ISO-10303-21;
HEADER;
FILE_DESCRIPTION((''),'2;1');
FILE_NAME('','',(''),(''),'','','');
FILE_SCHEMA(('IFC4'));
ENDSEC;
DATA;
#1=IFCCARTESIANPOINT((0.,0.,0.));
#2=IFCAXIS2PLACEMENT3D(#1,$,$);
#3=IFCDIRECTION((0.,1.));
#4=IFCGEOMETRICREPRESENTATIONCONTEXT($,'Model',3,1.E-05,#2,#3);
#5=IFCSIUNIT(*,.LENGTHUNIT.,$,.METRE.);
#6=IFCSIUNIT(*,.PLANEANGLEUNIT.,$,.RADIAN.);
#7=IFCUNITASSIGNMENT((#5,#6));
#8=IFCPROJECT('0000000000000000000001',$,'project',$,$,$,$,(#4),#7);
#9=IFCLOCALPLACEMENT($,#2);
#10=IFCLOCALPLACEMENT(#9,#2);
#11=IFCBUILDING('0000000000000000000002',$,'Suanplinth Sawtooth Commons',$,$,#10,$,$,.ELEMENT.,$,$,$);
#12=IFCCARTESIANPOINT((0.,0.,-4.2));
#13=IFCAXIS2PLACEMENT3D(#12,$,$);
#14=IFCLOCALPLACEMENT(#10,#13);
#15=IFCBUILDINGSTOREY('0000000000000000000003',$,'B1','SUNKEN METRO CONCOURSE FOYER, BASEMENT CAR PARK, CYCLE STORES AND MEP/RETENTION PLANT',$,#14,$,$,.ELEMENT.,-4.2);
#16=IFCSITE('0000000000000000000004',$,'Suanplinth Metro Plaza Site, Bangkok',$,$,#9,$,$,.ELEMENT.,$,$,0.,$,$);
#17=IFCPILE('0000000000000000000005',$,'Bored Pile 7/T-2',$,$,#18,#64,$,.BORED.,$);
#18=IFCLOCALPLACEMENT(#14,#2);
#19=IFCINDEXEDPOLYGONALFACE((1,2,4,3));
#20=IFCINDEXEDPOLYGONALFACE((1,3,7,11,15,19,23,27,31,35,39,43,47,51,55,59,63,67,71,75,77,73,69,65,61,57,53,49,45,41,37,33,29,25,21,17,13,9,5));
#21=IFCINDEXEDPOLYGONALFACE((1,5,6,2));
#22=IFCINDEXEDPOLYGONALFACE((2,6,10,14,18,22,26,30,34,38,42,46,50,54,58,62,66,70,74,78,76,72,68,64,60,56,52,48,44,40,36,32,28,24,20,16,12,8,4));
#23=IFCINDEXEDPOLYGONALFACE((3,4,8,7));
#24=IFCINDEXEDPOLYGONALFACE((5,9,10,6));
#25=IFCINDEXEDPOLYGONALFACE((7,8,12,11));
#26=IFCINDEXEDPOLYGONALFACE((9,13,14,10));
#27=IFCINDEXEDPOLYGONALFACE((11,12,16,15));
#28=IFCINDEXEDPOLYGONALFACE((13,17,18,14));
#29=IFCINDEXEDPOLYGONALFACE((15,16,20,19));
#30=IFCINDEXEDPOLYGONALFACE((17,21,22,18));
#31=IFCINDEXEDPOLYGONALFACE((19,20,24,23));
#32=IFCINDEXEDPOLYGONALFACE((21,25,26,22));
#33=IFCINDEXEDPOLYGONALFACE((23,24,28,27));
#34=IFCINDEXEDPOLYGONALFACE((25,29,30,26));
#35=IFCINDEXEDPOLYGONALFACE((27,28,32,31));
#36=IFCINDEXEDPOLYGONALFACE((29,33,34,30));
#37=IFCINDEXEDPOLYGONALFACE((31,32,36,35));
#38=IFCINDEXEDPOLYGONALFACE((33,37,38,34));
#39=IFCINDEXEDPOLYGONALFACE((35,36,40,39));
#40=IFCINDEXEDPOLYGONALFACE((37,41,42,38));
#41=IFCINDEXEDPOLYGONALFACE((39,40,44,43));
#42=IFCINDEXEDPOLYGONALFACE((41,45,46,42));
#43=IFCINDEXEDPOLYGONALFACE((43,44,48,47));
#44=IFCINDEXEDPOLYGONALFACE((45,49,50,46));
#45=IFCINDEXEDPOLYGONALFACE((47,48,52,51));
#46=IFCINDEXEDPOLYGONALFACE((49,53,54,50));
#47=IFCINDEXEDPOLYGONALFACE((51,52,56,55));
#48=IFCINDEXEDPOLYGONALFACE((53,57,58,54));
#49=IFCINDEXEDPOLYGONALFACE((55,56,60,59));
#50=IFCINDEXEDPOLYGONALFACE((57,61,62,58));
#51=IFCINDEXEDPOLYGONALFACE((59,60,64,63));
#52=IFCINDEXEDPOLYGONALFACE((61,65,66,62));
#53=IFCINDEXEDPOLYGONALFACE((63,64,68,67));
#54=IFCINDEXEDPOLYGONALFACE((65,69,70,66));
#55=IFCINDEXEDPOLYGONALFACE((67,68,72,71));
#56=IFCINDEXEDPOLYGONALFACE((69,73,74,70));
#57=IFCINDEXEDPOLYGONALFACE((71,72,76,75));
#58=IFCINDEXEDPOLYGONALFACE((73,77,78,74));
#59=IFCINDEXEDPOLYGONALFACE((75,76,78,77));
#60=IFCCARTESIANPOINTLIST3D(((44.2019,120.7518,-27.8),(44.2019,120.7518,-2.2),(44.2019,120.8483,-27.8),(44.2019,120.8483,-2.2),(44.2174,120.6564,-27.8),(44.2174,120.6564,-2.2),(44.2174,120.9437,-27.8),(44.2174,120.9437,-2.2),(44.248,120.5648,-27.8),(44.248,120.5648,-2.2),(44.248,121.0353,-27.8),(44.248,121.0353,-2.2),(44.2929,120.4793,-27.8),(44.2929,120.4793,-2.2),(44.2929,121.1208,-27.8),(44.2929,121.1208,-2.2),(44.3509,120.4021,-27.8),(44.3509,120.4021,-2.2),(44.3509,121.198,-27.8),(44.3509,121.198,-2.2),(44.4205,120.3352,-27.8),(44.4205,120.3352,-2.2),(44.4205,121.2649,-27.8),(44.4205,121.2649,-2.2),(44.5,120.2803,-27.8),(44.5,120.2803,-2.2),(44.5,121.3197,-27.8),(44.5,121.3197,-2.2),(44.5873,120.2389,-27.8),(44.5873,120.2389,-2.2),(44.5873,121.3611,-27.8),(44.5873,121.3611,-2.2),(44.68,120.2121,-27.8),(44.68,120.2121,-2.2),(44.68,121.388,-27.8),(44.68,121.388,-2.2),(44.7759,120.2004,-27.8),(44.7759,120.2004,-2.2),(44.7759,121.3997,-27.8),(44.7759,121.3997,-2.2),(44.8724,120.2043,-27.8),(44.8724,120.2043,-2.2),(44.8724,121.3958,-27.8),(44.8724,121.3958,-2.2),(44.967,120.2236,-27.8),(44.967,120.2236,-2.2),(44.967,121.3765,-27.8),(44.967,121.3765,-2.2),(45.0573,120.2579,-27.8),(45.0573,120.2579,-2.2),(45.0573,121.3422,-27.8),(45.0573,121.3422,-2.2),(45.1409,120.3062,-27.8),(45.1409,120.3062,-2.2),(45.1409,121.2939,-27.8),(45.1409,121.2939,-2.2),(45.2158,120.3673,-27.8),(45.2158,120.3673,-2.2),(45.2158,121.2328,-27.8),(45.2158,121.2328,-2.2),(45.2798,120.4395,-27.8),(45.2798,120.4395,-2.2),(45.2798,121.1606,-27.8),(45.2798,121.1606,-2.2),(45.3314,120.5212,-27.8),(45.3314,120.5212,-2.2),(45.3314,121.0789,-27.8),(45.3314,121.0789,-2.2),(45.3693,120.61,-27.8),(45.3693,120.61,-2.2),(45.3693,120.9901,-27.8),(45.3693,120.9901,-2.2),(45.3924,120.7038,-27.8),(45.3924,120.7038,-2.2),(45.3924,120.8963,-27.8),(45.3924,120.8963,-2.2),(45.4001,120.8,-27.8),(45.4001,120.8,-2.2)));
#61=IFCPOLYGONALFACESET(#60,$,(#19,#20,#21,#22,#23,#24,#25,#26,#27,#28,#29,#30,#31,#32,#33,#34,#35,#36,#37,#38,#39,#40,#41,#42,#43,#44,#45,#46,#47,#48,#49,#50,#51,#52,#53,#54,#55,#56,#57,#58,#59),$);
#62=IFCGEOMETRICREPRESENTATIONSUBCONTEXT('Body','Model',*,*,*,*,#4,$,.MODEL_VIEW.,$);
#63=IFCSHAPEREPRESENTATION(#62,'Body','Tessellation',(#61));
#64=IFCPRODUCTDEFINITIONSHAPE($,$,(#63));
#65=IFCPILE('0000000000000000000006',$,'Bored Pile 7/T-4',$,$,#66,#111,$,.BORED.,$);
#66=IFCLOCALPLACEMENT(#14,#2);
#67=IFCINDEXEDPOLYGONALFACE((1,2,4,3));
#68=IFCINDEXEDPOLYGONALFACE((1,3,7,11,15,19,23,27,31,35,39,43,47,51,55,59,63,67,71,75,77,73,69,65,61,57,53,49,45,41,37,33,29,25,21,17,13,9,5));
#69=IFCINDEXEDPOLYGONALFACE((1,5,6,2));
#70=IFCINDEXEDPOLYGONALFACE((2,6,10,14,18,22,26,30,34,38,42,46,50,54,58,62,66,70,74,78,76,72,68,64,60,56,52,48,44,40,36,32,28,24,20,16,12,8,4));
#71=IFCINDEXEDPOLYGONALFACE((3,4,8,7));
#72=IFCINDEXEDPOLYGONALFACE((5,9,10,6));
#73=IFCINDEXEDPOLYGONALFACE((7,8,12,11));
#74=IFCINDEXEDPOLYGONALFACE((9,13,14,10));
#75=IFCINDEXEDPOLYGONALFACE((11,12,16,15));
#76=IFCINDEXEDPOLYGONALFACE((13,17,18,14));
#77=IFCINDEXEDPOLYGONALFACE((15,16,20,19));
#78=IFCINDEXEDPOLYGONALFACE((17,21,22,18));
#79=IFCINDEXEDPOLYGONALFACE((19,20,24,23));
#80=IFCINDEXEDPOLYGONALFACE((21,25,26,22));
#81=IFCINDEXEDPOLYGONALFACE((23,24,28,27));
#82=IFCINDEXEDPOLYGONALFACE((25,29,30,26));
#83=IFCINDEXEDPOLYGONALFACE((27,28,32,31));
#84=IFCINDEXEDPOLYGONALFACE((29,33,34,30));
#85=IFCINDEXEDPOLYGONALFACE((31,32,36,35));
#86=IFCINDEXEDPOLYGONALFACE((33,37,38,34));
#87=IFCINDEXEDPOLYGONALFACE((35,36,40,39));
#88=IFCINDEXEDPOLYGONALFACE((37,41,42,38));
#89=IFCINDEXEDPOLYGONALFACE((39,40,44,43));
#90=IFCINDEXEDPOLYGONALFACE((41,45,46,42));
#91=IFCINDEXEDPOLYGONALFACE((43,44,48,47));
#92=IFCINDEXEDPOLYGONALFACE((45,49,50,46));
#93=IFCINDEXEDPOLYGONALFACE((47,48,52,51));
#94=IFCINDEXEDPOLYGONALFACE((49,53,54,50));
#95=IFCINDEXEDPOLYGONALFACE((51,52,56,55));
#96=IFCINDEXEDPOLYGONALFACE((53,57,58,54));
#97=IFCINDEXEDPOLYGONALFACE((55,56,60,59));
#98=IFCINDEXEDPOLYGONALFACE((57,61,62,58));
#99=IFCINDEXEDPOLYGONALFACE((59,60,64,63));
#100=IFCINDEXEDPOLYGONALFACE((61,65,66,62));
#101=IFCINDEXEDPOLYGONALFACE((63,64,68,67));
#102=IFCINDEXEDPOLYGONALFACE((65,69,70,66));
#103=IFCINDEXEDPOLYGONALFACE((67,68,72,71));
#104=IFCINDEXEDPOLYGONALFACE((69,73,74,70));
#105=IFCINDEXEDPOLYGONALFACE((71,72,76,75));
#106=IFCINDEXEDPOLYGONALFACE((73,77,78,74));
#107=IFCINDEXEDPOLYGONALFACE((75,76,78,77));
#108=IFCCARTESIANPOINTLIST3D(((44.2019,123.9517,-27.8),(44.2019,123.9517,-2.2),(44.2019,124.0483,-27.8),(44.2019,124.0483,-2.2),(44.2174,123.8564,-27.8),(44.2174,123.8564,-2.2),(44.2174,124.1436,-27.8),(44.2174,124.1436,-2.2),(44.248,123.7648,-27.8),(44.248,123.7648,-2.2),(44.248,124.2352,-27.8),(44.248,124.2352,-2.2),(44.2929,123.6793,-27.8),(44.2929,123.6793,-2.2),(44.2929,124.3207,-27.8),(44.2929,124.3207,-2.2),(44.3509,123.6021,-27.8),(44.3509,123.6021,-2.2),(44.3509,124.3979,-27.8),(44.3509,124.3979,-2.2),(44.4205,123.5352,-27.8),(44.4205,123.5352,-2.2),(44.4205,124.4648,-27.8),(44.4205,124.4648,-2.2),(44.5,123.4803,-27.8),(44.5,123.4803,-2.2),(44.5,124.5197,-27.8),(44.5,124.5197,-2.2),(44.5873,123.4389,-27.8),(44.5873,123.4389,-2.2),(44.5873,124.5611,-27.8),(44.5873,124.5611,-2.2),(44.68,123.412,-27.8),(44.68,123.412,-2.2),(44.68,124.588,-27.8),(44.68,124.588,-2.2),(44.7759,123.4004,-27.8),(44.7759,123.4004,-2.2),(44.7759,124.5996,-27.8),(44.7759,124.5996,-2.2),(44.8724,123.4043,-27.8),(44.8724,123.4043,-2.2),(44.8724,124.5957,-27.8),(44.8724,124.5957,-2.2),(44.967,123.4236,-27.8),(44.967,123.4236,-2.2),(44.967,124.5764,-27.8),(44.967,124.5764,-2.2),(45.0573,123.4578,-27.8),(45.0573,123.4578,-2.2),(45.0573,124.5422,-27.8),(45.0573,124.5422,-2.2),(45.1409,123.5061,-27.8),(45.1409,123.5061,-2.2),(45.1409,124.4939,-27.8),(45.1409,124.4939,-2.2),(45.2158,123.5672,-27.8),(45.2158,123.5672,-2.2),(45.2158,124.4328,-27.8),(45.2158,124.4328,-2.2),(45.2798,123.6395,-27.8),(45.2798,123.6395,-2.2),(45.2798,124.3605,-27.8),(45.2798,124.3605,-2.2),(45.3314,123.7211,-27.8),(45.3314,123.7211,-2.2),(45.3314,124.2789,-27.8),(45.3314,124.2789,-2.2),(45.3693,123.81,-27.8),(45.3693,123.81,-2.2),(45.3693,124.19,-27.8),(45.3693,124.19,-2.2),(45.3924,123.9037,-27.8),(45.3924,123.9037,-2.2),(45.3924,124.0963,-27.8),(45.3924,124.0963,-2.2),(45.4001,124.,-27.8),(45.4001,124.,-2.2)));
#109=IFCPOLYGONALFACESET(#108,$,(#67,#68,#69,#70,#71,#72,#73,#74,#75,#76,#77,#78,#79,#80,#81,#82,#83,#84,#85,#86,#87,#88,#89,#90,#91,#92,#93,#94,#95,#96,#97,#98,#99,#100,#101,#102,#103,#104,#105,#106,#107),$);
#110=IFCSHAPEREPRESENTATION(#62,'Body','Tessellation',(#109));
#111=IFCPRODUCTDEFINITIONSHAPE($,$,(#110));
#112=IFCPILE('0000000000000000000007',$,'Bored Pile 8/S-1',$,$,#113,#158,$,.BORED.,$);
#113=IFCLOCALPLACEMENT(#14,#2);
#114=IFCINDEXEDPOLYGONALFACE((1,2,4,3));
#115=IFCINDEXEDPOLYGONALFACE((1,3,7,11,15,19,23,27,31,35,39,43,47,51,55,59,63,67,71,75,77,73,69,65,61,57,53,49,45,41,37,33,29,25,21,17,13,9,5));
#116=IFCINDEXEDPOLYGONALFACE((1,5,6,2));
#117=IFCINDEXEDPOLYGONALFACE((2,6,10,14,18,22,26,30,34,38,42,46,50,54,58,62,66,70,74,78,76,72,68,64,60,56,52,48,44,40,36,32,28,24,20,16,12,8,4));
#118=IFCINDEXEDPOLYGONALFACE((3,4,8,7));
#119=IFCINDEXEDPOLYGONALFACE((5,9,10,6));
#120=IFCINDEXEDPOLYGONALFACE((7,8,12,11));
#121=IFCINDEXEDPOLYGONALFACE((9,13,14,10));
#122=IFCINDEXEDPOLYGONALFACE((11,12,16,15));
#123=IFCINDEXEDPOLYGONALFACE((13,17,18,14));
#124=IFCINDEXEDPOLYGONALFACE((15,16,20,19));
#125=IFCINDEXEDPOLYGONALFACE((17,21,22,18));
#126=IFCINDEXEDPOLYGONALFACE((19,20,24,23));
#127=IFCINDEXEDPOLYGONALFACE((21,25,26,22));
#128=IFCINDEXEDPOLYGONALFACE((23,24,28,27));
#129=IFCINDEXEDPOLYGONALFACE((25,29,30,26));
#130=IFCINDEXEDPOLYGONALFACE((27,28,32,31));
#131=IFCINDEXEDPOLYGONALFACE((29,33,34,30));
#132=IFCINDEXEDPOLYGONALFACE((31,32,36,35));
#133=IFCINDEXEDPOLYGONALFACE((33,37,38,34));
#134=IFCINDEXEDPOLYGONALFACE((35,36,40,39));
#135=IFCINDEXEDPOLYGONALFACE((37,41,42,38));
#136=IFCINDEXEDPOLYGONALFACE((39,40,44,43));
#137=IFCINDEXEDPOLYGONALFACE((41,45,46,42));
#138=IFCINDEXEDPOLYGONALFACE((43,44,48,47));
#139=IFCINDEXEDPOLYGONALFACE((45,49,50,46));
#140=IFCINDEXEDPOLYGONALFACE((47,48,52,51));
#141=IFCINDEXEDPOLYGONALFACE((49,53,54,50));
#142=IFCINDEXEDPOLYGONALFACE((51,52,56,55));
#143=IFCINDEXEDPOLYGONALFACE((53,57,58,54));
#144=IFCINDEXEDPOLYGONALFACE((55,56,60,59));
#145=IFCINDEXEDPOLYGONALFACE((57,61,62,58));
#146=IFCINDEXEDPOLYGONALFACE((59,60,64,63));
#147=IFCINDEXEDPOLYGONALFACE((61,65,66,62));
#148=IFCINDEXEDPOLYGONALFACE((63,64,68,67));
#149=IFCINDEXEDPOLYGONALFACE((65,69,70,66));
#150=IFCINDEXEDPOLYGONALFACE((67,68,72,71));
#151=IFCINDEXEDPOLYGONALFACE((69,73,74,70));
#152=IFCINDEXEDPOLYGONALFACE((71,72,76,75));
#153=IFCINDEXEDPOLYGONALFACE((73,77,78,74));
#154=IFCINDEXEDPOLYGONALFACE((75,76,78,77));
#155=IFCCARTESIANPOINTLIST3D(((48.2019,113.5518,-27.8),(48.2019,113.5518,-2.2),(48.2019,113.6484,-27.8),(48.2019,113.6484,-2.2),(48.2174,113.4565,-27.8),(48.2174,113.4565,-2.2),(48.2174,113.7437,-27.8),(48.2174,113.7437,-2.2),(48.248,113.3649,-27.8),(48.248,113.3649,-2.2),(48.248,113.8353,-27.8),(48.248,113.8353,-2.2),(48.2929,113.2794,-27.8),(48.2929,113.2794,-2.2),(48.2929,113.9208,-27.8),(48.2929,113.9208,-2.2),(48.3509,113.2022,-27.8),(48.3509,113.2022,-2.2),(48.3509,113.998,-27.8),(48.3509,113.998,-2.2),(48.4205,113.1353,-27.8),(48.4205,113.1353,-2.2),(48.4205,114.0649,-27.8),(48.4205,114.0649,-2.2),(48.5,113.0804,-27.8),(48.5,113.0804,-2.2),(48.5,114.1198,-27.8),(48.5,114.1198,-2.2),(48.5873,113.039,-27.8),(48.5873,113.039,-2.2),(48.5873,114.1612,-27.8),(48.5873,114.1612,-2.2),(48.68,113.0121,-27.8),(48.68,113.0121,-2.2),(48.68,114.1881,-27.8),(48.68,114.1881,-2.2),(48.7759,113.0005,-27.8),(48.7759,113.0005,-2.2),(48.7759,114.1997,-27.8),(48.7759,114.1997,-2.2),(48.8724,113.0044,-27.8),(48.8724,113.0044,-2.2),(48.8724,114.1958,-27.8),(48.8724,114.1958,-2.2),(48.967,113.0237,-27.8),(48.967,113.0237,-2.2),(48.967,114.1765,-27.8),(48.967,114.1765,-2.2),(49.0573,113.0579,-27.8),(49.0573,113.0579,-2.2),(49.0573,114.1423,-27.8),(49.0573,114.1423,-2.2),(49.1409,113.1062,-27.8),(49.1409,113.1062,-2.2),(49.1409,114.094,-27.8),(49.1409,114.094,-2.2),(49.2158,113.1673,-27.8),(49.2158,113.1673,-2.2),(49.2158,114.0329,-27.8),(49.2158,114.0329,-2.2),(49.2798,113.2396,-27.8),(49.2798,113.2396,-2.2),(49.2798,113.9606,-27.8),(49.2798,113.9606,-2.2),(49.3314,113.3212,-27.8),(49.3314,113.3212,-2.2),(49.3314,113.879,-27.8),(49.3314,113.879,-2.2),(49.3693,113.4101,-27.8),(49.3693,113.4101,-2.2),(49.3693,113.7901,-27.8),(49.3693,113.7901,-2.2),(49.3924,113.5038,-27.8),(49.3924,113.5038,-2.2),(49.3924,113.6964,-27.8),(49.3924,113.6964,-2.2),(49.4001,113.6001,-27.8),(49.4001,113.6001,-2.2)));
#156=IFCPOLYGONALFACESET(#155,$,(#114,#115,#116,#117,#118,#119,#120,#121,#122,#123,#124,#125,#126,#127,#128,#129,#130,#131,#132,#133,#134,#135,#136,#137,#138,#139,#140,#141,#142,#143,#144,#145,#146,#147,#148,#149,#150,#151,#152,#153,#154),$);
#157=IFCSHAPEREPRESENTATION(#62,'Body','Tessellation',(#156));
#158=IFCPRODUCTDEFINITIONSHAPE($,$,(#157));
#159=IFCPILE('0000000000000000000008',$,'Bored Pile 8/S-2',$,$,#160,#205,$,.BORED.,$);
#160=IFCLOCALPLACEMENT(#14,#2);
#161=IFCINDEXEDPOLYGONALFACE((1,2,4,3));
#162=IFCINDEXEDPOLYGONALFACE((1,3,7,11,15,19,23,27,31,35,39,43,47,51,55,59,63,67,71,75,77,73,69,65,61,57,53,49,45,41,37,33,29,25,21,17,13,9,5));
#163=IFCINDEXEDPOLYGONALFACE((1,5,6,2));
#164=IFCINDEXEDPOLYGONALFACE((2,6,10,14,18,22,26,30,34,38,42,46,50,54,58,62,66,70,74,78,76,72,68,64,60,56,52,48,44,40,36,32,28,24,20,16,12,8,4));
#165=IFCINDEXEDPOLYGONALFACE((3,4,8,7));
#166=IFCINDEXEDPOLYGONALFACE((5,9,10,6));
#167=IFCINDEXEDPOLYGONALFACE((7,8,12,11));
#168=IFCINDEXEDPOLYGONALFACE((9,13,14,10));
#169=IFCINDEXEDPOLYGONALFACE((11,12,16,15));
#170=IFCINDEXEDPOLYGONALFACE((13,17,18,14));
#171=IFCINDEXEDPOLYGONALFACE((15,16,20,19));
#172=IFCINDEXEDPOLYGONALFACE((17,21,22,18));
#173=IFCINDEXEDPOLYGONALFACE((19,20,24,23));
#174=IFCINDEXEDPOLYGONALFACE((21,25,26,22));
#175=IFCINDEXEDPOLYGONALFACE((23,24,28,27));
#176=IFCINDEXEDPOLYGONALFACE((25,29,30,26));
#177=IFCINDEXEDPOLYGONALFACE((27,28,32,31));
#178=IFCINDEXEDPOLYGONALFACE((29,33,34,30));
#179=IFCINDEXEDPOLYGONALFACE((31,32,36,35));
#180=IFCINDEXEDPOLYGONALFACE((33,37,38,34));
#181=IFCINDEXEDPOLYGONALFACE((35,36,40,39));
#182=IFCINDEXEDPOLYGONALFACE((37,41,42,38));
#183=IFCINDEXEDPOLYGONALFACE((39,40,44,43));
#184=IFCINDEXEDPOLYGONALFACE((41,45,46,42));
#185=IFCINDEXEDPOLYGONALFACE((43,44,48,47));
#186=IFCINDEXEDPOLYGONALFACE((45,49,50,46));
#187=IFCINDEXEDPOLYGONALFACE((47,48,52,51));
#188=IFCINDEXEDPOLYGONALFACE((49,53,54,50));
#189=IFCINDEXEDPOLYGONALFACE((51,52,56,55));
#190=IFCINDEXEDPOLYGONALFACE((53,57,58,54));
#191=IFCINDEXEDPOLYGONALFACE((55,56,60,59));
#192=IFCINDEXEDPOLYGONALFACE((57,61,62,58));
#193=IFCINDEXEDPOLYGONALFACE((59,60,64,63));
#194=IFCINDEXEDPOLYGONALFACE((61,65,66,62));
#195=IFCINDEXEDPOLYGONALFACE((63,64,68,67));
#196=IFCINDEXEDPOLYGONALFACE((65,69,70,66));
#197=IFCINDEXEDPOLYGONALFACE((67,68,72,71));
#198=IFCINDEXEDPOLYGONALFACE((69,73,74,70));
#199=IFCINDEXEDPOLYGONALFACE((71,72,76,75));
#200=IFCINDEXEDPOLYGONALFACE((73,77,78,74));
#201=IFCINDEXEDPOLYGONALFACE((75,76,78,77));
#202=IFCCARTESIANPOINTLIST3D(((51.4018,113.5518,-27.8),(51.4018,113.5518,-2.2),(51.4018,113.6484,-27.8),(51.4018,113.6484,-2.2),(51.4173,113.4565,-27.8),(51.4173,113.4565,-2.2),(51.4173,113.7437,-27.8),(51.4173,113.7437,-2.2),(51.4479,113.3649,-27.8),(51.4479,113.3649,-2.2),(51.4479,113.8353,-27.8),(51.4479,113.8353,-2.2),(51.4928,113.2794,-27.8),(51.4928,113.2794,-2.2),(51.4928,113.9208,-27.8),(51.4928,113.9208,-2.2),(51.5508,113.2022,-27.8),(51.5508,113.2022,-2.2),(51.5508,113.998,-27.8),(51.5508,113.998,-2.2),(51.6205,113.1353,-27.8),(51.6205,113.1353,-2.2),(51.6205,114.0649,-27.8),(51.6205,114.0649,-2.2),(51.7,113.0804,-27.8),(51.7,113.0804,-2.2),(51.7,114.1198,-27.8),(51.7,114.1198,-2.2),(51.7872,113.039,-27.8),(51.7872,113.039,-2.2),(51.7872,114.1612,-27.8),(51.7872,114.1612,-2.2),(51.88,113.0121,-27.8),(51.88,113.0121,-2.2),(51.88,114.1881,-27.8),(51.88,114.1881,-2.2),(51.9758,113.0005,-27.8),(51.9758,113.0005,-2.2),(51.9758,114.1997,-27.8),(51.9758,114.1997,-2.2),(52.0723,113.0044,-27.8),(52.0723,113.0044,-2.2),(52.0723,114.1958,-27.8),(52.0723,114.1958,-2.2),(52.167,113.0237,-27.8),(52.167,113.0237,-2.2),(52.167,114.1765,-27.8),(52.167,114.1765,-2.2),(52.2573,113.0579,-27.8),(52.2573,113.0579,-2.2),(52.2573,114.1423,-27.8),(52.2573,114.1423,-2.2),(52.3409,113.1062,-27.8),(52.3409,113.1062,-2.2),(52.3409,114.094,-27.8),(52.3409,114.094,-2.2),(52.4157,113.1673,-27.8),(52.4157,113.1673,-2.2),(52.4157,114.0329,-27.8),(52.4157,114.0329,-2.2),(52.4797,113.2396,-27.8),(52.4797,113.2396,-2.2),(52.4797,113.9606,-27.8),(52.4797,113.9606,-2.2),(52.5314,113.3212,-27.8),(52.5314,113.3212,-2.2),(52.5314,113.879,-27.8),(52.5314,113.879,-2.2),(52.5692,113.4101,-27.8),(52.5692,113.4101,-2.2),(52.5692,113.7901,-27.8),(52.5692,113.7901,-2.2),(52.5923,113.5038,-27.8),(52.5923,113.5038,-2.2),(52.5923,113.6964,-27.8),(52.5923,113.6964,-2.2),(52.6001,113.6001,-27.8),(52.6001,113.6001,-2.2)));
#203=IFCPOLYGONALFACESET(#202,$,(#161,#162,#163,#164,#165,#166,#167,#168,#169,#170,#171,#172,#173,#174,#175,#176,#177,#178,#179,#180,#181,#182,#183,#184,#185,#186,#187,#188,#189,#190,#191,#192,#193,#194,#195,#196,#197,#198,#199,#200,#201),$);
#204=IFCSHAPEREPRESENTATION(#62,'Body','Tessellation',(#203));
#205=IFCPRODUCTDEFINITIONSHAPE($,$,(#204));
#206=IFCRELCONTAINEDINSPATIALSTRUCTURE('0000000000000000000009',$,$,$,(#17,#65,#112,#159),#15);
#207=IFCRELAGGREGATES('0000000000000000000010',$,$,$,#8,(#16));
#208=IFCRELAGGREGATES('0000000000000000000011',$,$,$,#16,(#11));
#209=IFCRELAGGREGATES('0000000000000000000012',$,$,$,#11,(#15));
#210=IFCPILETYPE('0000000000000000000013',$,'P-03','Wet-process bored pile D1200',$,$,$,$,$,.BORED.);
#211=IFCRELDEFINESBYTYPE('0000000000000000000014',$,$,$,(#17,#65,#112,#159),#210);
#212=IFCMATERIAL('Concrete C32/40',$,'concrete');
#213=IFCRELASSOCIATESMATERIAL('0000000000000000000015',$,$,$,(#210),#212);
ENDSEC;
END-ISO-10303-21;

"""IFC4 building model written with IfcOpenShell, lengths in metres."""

from ifc_helpers import new_model, si_unit, direction, frame, origin, origin_2d, place, context, subcontext, project, spatial, circle, extrude, material, material_profile, profile_set, type_object, element, save


model = new_model("IFC4")

# Units and contexts
model_context = context("Model", 3, precision=1e-05, world=origin(), true_north=direction((0.0, 1.0)))
body_context = subcontext(model_context, "Body", "Model", "MODEL_VIEW")
ifc_project = project(units=[si_unit("LENGTHUNIT", "METRE"), si_unit("PLANEANGLEUNIT", "RADIAN")], contexts=[model_context])

# Site, building, storey
site_placement = place(None, origin())
site = spatial("IfcSite", under=ifc_project, at=site_placement, Name="Suanplinth Metro Plaza Site, Bangkok", CompositionType="ELEMENT", RefElevation=0.0)
building_placement = place(site_placement, origin())
building = spatial("IfcBuilding", under=site, at=building_placement, Name="Suanplinth Sawtooth Commons", CompositionType="ELEMENT")
storey_placement = place(building_placement, frame((0.0, 0.0, -4.2)))
storey = spatial("IfcBuildingStorey", under=building, at=storey_placement, Name="B1", Description="SUNKEN METRO CONCOURSE FOYER, BASEMENT CAR PARK, CYCLE STORES AND MEP/RETENTION PLANT", CompositionType="ELEMENT", Elevation=-4.2)

# Piles
ifc_material_1 = material(Name="Concrete C32/40", Category="concrete")
ifc_material_profile_1 = material_profile(ifc_material_1, circle(Radius=0.6001, at=origin_2d()), Name="PILE D1200")
ifc_profile_set_1 = profile_set([ifc_material_profile_1], Name="Concrete C32/40")
pile_type = type_object("IfcPileType", Name="P-03", Description="Wet-process bored pile D1200", PredefinedType="BORED", material=ifc_profile_set_1)
for number, where, z_axis, x_axis, name in (
    (1, (44.8, 120.8, -2.2), (0.0, 0.0, -1.0), (1.0, 0.0, 0.0), "Bored Pile 7/T-2"),
    (2, (44.8, 124.0, -2.2), (0.0, 0.0, -1.0), (1.0, 0.0, 0.0), "Bored Pile 7/T-4"),
    (3, (48.8, 113.6001, -2.2), (0.0, 0.0, -1.0), (1.0, 0.0, 0.0), "Bored Pile 8/S-1"),
    (4, (52.0, 113.6001, -2.2), (0.0, 0.0, -1.0), (1.0, 0.0, 0.0), "Bored Pile 8/S-2"),
):
    element("IfcPile", number, at=place(storey_placement, frame(where, z_axis=z_axis, x_axis=x_axis)), inside=storey, type_object=pile_type, Name=name, PredefinedType="BORED", context=body_context, shape_type="SweptSolid", body=[
        extrude(circle(Radius=0.6001, at=origin_2d()), origin(), (0.0, 0.0, 1.0), 25.6001),
    ])

save(model, "model.ifc")
